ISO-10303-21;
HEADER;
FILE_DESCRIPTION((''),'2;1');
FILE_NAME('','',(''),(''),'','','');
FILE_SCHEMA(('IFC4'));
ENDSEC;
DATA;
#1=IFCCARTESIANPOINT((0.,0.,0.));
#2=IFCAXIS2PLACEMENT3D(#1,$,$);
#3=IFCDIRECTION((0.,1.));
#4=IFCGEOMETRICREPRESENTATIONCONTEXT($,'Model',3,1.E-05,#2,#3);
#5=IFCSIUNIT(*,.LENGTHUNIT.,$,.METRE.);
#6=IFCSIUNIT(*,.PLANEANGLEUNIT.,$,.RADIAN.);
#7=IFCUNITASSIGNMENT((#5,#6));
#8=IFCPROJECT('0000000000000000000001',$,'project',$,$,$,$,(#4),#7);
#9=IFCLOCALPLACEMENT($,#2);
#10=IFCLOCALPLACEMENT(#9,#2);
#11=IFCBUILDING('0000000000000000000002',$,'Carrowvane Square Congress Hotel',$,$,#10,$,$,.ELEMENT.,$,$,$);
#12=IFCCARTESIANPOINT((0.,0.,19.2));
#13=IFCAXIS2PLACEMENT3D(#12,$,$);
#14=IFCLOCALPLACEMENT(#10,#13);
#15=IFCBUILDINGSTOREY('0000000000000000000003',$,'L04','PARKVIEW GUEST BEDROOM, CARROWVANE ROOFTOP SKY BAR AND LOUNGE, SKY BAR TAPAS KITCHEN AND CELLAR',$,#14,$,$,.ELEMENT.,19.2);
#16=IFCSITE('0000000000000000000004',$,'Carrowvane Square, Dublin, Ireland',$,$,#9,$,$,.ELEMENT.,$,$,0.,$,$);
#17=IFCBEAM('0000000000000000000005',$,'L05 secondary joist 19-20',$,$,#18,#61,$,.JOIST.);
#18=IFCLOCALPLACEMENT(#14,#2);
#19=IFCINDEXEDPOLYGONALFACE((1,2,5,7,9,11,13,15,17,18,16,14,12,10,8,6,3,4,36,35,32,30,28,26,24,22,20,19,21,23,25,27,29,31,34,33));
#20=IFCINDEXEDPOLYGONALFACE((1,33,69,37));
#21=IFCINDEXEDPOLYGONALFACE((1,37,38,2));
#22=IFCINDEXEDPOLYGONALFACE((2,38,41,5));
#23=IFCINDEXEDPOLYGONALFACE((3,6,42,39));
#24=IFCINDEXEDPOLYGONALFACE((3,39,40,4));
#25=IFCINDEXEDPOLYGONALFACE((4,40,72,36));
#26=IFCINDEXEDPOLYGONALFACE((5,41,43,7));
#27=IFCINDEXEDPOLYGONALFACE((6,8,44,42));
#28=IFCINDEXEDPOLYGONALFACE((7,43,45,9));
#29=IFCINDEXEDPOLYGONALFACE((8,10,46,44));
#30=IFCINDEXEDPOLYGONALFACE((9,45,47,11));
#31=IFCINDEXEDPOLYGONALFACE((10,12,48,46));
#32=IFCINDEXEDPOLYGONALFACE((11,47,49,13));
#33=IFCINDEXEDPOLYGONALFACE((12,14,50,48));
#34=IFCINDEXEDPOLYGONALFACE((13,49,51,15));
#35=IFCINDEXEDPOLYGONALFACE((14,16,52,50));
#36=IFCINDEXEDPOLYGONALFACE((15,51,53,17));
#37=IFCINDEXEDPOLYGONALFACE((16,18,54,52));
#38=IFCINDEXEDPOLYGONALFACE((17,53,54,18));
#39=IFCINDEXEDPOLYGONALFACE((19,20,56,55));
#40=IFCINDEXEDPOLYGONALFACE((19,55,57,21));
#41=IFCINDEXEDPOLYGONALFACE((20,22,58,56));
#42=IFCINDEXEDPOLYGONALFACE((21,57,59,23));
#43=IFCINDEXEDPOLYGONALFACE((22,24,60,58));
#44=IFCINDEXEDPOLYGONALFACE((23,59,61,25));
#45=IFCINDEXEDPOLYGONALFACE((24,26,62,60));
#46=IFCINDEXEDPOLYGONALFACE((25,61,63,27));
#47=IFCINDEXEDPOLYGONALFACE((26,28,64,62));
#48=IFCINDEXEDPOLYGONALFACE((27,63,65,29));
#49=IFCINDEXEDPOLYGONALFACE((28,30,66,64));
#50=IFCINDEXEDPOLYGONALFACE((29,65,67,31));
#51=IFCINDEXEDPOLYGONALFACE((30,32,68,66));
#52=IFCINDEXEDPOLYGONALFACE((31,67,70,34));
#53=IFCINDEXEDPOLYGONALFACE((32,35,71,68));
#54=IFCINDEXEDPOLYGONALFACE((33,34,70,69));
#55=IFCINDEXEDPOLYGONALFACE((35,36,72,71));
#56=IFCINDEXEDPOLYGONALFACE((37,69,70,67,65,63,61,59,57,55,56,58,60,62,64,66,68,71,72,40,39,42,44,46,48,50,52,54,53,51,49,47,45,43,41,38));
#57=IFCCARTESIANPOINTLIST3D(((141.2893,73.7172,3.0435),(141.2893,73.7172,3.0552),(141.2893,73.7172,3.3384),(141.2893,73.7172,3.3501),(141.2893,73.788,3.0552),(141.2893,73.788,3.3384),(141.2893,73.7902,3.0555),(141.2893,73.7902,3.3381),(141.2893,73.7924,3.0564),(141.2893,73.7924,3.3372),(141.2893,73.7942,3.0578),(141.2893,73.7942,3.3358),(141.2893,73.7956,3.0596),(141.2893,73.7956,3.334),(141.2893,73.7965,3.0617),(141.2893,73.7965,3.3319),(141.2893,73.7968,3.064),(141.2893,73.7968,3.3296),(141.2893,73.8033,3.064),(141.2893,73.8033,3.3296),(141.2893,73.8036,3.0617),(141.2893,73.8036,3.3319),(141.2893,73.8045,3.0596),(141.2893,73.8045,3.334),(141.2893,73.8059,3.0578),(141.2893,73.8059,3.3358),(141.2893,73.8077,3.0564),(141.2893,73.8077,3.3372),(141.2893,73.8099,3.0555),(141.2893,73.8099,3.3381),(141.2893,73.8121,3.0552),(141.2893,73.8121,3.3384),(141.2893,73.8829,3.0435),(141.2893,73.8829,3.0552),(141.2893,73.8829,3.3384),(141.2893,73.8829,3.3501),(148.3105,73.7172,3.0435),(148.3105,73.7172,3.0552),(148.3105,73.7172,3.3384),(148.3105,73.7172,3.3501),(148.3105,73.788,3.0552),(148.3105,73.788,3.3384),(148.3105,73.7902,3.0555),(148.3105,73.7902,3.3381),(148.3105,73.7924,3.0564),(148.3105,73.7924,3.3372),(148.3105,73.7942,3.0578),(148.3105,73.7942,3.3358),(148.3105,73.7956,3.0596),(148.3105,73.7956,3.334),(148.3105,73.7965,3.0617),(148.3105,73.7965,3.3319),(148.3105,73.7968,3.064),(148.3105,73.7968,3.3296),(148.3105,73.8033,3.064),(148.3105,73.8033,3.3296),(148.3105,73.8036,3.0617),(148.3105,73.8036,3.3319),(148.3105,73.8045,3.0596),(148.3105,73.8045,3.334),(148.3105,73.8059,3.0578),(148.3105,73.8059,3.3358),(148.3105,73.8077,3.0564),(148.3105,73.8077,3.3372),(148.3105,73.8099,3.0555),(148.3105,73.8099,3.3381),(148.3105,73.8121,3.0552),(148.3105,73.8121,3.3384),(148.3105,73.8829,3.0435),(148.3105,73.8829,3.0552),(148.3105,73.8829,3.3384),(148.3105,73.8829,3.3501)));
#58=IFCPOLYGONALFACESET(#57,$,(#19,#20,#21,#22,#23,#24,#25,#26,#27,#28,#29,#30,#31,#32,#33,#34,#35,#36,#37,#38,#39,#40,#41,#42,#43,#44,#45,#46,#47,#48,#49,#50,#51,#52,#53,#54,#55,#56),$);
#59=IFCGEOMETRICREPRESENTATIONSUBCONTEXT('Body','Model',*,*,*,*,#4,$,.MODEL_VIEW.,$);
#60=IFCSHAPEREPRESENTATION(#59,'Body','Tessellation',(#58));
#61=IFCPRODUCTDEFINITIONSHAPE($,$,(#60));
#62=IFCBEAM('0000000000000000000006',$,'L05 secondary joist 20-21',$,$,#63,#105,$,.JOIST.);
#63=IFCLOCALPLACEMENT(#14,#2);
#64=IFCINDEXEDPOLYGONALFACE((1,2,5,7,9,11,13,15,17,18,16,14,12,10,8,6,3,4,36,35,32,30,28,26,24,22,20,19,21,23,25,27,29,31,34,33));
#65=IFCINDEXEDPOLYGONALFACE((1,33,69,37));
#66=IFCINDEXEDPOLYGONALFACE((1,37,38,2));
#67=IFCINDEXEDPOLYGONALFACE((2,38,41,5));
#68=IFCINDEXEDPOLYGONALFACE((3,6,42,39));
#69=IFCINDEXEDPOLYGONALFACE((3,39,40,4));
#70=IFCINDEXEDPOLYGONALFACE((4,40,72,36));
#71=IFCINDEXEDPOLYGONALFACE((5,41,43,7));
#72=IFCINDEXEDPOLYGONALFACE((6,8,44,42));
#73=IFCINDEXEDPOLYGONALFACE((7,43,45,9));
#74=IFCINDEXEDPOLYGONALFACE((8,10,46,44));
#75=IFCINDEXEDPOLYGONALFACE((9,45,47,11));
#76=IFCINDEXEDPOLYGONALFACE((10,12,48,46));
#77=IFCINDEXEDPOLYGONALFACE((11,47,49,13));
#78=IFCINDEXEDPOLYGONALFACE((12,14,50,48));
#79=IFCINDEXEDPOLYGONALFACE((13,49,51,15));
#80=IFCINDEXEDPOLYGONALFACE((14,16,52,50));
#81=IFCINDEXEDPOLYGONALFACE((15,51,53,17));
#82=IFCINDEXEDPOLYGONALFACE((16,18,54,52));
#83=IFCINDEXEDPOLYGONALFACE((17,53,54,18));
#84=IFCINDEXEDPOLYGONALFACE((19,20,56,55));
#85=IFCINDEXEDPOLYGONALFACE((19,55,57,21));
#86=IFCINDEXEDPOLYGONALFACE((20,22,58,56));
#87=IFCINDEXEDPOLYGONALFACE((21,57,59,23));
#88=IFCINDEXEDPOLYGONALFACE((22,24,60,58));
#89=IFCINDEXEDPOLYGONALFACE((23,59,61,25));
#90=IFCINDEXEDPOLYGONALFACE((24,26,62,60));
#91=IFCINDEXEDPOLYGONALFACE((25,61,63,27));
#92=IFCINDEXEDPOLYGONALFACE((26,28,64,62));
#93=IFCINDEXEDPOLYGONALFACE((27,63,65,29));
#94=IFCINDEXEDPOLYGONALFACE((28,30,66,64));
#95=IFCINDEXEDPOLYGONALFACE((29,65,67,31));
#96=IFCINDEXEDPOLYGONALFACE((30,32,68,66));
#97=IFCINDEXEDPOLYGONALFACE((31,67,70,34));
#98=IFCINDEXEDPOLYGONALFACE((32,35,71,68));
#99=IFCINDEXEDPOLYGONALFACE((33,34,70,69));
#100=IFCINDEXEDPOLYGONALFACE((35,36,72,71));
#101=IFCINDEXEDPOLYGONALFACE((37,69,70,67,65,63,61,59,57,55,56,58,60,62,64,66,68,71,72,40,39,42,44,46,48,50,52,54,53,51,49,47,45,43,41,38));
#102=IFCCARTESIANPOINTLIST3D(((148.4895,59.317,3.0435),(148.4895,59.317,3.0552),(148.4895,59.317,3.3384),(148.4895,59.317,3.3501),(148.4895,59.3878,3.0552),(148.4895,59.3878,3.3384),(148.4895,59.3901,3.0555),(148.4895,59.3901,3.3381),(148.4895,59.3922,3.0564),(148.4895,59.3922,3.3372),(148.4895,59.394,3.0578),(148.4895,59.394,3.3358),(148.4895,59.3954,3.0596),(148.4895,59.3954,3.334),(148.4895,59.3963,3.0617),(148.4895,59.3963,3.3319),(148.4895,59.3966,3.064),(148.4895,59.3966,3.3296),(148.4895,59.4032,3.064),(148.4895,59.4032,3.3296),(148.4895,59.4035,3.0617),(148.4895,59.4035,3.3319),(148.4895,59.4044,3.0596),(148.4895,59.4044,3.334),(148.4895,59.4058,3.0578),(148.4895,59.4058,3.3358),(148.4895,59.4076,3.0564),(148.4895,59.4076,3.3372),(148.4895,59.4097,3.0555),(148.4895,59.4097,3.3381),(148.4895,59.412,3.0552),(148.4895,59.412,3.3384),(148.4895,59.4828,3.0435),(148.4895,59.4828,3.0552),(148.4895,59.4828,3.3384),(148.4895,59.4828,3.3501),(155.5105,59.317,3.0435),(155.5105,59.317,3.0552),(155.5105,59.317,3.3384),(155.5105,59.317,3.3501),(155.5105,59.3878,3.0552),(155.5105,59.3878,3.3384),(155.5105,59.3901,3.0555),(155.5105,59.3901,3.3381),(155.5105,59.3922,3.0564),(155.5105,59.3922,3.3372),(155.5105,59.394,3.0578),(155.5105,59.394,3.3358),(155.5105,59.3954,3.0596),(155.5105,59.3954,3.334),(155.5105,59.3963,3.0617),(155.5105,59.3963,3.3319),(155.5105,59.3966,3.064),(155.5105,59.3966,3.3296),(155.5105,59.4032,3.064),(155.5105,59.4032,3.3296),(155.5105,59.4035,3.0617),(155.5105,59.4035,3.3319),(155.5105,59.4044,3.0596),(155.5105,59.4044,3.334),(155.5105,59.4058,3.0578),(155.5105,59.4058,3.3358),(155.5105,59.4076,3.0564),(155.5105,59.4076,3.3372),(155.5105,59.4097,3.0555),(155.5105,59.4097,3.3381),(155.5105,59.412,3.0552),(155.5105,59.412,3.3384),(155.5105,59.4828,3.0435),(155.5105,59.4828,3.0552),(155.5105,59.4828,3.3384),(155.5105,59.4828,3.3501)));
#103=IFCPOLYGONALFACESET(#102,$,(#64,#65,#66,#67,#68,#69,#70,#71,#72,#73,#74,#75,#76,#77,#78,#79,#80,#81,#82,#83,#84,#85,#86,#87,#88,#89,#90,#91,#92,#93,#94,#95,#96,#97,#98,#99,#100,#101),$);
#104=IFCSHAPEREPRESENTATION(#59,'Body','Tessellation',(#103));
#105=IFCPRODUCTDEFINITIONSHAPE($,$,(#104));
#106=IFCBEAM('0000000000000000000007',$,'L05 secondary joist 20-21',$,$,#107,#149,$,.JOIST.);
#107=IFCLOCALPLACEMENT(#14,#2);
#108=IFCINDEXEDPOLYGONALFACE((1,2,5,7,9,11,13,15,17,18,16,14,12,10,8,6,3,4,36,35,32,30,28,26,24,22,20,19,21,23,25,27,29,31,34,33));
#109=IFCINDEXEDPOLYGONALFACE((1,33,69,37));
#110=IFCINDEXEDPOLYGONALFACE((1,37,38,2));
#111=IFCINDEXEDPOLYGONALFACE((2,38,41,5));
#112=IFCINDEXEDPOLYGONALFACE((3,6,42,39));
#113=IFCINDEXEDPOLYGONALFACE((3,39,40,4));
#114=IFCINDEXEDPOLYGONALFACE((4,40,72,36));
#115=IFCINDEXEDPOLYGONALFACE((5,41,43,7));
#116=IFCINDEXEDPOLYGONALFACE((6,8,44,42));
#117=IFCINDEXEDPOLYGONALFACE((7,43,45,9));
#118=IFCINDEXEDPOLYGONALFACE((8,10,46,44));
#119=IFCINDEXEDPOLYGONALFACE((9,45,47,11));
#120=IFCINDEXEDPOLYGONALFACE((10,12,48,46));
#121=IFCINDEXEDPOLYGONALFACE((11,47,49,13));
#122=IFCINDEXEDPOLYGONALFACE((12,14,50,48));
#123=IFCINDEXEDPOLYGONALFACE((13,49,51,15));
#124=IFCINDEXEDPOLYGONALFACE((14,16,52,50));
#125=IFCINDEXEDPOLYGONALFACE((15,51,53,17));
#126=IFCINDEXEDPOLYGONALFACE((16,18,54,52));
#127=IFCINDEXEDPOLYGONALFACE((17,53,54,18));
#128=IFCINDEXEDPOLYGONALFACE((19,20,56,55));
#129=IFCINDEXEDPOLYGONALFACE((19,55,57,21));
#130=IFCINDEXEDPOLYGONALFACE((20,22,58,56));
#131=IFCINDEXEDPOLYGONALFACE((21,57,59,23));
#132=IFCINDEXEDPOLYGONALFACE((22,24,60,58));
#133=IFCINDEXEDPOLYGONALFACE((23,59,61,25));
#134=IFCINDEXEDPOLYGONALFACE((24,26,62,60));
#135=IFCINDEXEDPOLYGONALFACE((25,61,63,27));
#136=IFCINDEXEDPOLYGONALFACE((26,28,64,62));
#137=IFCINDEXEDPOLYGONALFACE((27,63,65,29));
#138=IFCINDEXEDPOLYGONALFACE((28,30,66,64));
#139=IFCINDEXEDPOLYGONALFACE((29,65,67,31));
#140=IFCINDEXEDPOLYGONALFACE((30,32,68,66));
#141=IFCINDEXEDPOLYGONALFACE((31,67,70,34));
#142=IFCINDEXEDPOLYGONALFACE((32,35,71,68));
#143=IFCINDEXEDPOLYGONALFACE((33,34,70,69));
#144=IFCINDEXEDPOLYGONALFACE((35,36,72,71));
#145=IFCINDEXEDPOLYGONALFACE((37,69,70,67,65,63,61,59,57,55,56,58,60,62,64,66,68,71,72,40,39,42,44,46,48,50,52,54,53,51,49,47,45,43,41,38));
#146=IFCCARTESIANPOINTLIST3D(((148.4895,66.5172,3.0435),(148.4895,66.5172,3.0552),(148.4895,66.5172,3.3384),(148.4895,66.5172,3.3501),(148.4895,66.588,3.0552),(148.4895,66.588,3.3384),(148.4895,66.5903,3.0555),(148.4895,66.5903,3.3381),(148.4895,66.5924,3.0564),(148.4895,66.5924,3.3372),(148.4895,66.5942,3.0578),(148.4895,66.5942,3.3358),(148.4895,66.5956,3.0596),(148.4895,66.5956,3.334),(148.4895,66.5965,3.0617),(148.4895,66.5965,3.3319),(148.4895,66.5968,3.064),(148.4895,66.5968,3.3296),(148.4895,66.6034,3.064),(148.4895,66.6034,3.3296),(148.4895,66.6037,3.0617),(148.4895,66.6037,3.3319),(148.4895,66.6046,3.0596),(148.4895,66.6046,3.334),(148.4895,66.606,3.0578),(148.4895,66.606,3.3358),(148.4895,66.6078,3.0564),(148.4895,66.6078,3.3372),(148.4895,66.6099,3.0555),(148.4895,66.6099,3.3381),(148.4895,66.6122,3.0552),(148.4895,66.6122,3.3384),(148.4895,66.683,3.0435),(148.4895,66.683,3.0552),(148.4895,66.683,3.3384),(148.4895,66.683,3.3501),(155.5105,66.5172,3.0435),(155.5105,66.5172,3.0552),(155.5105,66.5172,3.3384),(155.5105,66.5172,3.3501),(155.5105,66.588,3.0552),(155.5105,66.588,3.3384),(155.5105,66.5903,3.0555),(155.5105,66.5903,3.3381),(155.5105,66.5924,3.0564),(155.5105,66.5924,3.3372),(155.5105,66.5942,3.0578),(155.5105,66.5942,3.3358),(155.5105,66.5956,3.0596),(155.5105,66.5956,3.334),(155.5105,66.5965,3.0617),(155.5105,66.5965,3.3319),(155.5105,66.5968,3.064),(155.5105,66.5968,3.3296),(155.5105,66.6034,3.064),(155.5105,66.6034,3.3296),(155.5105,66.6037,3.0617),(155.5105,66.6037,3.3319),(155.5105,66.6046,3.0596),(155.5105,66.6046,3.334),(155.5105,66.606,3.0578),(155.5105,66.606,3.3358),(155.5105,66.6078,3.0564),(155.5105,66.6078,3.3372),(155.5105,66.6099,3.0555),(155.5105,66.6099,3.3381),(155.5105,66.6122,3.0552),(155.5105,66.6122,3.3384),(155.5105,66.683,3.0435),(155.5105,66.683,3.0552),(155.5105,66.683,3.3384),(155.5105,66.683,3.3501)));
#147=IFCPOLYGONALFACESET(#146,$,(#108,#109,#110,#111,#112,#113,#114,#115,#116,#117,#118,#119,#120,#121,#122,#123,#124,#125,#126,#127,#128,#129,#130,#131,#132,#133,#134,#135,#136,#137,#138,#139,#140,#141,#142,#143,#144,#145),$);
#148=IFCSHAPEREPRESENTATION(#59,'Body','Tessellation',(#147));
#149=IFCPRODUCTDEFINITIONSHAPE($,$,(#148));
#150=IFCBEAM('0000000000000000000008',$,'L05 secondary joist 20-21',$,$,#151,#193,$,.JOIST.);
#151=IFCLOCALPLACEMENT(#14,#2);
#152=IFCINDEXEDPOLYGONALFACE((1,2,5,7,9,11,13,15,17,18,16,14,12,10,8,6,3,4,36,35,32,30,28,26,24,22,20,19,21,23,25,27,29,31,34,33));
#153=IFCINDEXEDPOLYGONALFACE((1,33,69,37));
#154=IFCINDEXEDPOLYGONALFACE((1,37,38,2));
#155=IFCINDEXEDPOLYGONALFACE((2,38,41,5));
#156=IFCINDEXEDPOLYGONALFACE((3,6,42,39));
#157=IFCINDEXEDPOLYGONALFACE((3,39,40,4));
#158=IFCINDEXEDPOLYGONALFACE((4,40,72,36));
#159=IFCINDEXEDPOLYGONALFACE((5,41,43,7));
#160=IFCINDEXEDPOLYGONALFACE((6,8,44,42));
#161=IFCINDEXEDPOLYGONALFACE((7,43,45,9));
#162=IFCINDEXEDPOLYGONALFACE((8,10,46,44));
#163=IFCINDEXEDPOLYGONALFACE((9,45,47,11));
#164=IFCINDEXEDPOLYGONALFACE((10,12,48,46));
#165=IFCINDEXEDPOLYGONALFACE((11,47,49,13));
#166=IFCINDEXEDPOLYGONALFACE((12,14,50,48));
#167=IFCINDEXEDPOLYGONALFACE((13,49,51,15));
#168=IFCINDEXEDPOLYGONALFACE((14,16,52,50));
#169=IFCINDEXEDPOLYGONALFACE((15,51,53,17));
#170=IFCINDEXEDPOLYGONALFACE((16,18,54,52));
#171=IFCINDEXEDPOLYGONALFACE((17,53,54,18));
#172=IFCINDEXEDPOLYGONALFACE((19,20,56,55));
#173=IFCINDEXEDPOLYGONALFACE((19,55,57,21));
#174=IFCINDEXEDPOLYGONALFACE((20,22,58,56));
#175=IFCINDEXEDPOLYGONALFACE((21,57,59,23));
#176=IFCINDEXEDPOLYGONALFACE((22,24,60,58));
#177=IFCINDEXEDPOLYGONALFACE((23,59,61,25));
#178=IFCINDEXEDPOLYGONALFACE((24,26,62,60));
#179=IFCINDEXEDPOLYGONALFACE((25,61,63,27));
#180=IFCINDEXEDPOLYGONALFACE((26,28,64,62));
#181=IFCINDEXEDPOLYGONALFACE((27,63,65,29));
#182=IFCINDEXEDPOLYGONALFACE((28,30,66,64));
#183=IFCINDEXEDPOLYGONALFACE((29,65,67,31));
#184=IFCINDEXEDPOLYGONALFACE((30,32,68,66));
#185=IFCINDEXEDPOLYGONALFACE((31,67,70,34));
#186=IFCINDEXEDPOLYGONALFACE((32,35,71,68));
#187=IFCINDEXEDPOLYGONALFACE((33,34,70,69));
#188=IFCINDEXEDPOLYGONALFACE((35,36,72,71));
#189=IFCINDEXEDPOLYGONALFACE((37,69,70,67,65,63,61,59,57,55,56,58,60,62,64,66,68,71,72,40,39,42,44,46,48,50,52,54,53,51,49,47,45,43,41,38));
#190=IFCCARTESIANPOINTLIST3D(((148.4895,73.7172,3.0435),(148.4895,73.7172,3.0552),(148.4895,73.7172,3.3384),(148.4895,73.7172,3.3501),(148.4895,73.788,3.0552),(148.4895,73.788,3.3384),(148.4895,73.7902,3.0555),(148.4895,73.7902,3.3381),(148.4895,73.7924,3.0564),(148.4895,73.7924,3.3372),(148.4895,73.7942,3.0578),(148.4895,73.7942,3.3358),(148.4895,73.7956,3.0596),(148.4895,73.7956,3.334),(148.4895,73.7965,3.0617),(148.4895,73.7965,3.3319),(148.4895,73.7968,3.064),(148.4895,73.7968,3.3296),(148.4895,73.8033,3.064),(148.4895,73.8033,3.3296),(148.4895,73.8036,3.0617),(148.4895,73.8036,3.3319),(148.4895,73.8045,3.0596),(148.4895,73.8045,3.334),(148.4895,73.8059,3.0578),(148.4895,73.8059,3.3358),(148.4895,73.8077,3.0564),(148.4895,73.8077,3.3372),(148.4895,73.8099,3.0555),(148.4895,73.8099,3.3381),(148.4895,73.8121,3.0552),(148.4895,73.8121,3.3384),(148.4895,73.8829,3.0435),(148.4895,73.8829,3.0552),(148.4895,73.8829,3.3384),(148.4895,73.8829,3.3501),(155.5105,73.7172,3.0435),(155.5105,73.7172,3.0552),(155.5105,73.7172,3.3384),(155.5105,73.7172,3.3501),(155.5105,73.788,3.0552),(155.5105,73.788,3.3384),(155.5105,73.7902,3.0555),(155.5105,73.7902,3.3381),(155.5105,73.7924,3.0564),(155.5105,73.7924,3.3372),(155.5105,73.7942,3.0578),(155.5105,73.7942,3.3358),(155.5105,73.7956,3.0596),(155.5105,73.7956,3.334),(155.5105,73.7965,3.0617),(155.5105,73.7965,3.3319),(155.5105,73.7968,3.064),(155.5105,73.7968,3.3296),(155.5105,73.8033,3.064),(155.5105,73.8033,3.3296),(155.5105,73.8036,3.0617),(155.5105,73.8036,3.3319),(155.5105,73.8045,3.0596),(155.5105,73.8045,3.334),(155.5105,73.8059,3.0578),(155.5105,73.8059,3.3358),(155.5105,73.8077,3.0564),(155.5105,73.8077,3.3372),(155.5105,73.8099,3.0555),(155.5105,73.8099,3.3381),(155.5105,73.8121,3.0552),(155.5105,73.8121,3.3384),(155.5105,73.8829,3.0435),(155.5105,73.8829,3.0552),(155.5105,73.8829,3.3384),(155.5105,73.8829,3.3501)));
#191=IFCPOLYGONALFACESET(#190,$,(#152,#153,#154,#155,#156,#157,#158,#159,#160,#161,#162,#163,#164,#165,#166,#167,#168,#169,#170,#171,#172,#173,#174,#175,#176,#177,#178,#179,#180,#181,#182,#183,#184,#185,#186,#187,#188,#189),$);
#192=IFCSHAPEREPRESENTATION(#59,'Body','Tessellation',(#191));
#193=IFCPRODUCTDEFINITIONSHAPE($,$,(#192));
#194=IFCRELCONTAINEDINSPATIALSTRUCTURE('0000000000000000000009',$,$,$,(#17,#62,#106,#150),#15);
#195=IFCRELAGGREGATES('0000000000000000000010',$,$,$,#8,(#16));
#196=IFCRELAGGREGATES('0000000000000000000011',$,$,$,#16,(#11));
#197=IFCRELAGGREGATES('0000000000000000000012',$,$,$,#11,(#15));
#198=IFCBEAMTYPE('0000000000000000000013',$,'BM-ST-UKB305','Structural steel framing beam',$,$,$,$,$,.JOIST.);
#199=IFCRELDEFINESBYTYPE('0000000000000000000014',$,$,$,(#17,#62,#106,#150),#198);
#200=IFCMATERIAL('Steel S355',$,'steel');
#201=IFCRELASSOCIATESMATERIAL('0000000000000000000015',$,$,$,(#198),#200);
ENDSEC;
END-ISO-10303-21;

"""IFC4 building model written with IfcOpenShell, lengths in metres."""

from ifc_helpers import new_model, si_unit, direction, frame, origin, origin_2d, place, context, subcontext, project, spatial, i_section, extrude, material, material_profile, profile_set, type_object, element, save


model = new_model("IFC4")

# Units and contexts
model_context = context("Model", 3, precision=1e-05, world=origin(), true_north=direction((0.0, 1.0)))
body_context = subcontext(model_context, "Body", "Model", "MODEL_VIEW")
ifc_project = project(units=[si_unit("LENGTHUNIT", "METRE"), si_unit("PLANEANGLEUNIT", "RADIAN")], contexts=[model_context])

# Site, building, storey
site_placement = place(None, origin())
site = spatial("IfcSite", under=ifc_project, at=site_placement, Name="Carrowvane Square, Dublin, Ireland", CompositionType="ELEMENT", RefElevation=0.0)
building_placement = place(site_placement, origin())
building = spatial("IfcBuilding", under=site, at=building_placement, Name="Carrowvane Square Congress Hotel", CompositionType="ELEMENT")
storey_placement = place(building_placement, frame((0.0, 0.0, 19.2)))
storey = spatial("IfcBuildingStorey", under=building, at=storey_placement, Name="L04", Description="PARKVIEW GUEST BEDROOM, CARROWVANE ROOFTOP SKY BAR AND LOUNGE, SKY BAR TAPAS KITCHEN AND CELLAR", CompositionType="ELEMENT", Elevation=19.2)

# Beams
ifc_material_1 = material(Name="Steel S355", Category="steel")
ifc_material_profile_1 = material_profile(ifc_material_1, i_section(OverallWidth=0.1658, OverallDepth=0.3066, WebThickness=0.0066, FlangeThickness=0.0117, FilletRadius=0.0088, at=origin_2d()), Name="UKB 305x165x46")
ifc_profile_set_1 = profile_set([ifc_material_profile_1], Name="Steel S355")
beam_type_1 = type_object("IfcBeamType", Name="BM-ST-UKB305", Description="Structural steel framing beam", PredefinedType="JOIST", material=ifc_profile_set_1)
for number, where, z_axis, x_axis, name in (
    (1, (141.2893, 73.8, 3.1968), (1.0, 0.0, 0.0), (0.0, 1.0, 0.0), "L05 secondary joist 19-20"),
):
    element("IfcBeam", number, at=place(storey_placement, frame(where, z_axis=z_axis, x_axis=x_axis)), inside=storey, type_object=beam_type_1, Name=name, PredefinedType="JOIST", context=body_context, shape_type="SweptSolid", body=[
        extrude(i_section(OverallWidth=0.1658, OverallDepth=0.3066, WebThickness=0.0066, FlangeThickness=0.0117, FilletRadius=0.0088, at=origin_2d()), origin(), (0.0, 0.0, 1.0), 7.0212),
    ])
for number, where, z_axis, x_axis, name in (
    (2, (148.4895, 59.3999, 3.1968), (1.0, 0.0, 0.0), (0.0, 1.0, 0.0), "L05 secondary joist 20-21"),
    (3, (148.4895, 66.6001, 3.1968), (1.0, 0.0, 0.0), (0.0, 1.0, 0.0), "L05 secondary joist 20-21"),
    (4, (148.4895, 73.8, 3.1968), (1.0, 0.0, 0.0), (0.0, 1.0, 0.0), "L05 secondary joist 20-21"),
):
    element("IfcBeam", number, at=place(storey_placement, frame(where, z_axis=z_axis, x_axis=x_axis)), inside=storey, type_object=beam_type_1, Name=name, PredefinedType="JOIST", context=body_context, shape_type="SweptSolid", body=[
        extrude(i_section(OverallWidth=0.1658, OverallDepth=0.3066, WebThickness=0.0066, FlangeThickness=0.0117, FilletRadius=0.0088, at=origin_2d()), origin(), (0.0, 0.0, 1.0), 7.021),
    ])

save(model, "model.ifc")
